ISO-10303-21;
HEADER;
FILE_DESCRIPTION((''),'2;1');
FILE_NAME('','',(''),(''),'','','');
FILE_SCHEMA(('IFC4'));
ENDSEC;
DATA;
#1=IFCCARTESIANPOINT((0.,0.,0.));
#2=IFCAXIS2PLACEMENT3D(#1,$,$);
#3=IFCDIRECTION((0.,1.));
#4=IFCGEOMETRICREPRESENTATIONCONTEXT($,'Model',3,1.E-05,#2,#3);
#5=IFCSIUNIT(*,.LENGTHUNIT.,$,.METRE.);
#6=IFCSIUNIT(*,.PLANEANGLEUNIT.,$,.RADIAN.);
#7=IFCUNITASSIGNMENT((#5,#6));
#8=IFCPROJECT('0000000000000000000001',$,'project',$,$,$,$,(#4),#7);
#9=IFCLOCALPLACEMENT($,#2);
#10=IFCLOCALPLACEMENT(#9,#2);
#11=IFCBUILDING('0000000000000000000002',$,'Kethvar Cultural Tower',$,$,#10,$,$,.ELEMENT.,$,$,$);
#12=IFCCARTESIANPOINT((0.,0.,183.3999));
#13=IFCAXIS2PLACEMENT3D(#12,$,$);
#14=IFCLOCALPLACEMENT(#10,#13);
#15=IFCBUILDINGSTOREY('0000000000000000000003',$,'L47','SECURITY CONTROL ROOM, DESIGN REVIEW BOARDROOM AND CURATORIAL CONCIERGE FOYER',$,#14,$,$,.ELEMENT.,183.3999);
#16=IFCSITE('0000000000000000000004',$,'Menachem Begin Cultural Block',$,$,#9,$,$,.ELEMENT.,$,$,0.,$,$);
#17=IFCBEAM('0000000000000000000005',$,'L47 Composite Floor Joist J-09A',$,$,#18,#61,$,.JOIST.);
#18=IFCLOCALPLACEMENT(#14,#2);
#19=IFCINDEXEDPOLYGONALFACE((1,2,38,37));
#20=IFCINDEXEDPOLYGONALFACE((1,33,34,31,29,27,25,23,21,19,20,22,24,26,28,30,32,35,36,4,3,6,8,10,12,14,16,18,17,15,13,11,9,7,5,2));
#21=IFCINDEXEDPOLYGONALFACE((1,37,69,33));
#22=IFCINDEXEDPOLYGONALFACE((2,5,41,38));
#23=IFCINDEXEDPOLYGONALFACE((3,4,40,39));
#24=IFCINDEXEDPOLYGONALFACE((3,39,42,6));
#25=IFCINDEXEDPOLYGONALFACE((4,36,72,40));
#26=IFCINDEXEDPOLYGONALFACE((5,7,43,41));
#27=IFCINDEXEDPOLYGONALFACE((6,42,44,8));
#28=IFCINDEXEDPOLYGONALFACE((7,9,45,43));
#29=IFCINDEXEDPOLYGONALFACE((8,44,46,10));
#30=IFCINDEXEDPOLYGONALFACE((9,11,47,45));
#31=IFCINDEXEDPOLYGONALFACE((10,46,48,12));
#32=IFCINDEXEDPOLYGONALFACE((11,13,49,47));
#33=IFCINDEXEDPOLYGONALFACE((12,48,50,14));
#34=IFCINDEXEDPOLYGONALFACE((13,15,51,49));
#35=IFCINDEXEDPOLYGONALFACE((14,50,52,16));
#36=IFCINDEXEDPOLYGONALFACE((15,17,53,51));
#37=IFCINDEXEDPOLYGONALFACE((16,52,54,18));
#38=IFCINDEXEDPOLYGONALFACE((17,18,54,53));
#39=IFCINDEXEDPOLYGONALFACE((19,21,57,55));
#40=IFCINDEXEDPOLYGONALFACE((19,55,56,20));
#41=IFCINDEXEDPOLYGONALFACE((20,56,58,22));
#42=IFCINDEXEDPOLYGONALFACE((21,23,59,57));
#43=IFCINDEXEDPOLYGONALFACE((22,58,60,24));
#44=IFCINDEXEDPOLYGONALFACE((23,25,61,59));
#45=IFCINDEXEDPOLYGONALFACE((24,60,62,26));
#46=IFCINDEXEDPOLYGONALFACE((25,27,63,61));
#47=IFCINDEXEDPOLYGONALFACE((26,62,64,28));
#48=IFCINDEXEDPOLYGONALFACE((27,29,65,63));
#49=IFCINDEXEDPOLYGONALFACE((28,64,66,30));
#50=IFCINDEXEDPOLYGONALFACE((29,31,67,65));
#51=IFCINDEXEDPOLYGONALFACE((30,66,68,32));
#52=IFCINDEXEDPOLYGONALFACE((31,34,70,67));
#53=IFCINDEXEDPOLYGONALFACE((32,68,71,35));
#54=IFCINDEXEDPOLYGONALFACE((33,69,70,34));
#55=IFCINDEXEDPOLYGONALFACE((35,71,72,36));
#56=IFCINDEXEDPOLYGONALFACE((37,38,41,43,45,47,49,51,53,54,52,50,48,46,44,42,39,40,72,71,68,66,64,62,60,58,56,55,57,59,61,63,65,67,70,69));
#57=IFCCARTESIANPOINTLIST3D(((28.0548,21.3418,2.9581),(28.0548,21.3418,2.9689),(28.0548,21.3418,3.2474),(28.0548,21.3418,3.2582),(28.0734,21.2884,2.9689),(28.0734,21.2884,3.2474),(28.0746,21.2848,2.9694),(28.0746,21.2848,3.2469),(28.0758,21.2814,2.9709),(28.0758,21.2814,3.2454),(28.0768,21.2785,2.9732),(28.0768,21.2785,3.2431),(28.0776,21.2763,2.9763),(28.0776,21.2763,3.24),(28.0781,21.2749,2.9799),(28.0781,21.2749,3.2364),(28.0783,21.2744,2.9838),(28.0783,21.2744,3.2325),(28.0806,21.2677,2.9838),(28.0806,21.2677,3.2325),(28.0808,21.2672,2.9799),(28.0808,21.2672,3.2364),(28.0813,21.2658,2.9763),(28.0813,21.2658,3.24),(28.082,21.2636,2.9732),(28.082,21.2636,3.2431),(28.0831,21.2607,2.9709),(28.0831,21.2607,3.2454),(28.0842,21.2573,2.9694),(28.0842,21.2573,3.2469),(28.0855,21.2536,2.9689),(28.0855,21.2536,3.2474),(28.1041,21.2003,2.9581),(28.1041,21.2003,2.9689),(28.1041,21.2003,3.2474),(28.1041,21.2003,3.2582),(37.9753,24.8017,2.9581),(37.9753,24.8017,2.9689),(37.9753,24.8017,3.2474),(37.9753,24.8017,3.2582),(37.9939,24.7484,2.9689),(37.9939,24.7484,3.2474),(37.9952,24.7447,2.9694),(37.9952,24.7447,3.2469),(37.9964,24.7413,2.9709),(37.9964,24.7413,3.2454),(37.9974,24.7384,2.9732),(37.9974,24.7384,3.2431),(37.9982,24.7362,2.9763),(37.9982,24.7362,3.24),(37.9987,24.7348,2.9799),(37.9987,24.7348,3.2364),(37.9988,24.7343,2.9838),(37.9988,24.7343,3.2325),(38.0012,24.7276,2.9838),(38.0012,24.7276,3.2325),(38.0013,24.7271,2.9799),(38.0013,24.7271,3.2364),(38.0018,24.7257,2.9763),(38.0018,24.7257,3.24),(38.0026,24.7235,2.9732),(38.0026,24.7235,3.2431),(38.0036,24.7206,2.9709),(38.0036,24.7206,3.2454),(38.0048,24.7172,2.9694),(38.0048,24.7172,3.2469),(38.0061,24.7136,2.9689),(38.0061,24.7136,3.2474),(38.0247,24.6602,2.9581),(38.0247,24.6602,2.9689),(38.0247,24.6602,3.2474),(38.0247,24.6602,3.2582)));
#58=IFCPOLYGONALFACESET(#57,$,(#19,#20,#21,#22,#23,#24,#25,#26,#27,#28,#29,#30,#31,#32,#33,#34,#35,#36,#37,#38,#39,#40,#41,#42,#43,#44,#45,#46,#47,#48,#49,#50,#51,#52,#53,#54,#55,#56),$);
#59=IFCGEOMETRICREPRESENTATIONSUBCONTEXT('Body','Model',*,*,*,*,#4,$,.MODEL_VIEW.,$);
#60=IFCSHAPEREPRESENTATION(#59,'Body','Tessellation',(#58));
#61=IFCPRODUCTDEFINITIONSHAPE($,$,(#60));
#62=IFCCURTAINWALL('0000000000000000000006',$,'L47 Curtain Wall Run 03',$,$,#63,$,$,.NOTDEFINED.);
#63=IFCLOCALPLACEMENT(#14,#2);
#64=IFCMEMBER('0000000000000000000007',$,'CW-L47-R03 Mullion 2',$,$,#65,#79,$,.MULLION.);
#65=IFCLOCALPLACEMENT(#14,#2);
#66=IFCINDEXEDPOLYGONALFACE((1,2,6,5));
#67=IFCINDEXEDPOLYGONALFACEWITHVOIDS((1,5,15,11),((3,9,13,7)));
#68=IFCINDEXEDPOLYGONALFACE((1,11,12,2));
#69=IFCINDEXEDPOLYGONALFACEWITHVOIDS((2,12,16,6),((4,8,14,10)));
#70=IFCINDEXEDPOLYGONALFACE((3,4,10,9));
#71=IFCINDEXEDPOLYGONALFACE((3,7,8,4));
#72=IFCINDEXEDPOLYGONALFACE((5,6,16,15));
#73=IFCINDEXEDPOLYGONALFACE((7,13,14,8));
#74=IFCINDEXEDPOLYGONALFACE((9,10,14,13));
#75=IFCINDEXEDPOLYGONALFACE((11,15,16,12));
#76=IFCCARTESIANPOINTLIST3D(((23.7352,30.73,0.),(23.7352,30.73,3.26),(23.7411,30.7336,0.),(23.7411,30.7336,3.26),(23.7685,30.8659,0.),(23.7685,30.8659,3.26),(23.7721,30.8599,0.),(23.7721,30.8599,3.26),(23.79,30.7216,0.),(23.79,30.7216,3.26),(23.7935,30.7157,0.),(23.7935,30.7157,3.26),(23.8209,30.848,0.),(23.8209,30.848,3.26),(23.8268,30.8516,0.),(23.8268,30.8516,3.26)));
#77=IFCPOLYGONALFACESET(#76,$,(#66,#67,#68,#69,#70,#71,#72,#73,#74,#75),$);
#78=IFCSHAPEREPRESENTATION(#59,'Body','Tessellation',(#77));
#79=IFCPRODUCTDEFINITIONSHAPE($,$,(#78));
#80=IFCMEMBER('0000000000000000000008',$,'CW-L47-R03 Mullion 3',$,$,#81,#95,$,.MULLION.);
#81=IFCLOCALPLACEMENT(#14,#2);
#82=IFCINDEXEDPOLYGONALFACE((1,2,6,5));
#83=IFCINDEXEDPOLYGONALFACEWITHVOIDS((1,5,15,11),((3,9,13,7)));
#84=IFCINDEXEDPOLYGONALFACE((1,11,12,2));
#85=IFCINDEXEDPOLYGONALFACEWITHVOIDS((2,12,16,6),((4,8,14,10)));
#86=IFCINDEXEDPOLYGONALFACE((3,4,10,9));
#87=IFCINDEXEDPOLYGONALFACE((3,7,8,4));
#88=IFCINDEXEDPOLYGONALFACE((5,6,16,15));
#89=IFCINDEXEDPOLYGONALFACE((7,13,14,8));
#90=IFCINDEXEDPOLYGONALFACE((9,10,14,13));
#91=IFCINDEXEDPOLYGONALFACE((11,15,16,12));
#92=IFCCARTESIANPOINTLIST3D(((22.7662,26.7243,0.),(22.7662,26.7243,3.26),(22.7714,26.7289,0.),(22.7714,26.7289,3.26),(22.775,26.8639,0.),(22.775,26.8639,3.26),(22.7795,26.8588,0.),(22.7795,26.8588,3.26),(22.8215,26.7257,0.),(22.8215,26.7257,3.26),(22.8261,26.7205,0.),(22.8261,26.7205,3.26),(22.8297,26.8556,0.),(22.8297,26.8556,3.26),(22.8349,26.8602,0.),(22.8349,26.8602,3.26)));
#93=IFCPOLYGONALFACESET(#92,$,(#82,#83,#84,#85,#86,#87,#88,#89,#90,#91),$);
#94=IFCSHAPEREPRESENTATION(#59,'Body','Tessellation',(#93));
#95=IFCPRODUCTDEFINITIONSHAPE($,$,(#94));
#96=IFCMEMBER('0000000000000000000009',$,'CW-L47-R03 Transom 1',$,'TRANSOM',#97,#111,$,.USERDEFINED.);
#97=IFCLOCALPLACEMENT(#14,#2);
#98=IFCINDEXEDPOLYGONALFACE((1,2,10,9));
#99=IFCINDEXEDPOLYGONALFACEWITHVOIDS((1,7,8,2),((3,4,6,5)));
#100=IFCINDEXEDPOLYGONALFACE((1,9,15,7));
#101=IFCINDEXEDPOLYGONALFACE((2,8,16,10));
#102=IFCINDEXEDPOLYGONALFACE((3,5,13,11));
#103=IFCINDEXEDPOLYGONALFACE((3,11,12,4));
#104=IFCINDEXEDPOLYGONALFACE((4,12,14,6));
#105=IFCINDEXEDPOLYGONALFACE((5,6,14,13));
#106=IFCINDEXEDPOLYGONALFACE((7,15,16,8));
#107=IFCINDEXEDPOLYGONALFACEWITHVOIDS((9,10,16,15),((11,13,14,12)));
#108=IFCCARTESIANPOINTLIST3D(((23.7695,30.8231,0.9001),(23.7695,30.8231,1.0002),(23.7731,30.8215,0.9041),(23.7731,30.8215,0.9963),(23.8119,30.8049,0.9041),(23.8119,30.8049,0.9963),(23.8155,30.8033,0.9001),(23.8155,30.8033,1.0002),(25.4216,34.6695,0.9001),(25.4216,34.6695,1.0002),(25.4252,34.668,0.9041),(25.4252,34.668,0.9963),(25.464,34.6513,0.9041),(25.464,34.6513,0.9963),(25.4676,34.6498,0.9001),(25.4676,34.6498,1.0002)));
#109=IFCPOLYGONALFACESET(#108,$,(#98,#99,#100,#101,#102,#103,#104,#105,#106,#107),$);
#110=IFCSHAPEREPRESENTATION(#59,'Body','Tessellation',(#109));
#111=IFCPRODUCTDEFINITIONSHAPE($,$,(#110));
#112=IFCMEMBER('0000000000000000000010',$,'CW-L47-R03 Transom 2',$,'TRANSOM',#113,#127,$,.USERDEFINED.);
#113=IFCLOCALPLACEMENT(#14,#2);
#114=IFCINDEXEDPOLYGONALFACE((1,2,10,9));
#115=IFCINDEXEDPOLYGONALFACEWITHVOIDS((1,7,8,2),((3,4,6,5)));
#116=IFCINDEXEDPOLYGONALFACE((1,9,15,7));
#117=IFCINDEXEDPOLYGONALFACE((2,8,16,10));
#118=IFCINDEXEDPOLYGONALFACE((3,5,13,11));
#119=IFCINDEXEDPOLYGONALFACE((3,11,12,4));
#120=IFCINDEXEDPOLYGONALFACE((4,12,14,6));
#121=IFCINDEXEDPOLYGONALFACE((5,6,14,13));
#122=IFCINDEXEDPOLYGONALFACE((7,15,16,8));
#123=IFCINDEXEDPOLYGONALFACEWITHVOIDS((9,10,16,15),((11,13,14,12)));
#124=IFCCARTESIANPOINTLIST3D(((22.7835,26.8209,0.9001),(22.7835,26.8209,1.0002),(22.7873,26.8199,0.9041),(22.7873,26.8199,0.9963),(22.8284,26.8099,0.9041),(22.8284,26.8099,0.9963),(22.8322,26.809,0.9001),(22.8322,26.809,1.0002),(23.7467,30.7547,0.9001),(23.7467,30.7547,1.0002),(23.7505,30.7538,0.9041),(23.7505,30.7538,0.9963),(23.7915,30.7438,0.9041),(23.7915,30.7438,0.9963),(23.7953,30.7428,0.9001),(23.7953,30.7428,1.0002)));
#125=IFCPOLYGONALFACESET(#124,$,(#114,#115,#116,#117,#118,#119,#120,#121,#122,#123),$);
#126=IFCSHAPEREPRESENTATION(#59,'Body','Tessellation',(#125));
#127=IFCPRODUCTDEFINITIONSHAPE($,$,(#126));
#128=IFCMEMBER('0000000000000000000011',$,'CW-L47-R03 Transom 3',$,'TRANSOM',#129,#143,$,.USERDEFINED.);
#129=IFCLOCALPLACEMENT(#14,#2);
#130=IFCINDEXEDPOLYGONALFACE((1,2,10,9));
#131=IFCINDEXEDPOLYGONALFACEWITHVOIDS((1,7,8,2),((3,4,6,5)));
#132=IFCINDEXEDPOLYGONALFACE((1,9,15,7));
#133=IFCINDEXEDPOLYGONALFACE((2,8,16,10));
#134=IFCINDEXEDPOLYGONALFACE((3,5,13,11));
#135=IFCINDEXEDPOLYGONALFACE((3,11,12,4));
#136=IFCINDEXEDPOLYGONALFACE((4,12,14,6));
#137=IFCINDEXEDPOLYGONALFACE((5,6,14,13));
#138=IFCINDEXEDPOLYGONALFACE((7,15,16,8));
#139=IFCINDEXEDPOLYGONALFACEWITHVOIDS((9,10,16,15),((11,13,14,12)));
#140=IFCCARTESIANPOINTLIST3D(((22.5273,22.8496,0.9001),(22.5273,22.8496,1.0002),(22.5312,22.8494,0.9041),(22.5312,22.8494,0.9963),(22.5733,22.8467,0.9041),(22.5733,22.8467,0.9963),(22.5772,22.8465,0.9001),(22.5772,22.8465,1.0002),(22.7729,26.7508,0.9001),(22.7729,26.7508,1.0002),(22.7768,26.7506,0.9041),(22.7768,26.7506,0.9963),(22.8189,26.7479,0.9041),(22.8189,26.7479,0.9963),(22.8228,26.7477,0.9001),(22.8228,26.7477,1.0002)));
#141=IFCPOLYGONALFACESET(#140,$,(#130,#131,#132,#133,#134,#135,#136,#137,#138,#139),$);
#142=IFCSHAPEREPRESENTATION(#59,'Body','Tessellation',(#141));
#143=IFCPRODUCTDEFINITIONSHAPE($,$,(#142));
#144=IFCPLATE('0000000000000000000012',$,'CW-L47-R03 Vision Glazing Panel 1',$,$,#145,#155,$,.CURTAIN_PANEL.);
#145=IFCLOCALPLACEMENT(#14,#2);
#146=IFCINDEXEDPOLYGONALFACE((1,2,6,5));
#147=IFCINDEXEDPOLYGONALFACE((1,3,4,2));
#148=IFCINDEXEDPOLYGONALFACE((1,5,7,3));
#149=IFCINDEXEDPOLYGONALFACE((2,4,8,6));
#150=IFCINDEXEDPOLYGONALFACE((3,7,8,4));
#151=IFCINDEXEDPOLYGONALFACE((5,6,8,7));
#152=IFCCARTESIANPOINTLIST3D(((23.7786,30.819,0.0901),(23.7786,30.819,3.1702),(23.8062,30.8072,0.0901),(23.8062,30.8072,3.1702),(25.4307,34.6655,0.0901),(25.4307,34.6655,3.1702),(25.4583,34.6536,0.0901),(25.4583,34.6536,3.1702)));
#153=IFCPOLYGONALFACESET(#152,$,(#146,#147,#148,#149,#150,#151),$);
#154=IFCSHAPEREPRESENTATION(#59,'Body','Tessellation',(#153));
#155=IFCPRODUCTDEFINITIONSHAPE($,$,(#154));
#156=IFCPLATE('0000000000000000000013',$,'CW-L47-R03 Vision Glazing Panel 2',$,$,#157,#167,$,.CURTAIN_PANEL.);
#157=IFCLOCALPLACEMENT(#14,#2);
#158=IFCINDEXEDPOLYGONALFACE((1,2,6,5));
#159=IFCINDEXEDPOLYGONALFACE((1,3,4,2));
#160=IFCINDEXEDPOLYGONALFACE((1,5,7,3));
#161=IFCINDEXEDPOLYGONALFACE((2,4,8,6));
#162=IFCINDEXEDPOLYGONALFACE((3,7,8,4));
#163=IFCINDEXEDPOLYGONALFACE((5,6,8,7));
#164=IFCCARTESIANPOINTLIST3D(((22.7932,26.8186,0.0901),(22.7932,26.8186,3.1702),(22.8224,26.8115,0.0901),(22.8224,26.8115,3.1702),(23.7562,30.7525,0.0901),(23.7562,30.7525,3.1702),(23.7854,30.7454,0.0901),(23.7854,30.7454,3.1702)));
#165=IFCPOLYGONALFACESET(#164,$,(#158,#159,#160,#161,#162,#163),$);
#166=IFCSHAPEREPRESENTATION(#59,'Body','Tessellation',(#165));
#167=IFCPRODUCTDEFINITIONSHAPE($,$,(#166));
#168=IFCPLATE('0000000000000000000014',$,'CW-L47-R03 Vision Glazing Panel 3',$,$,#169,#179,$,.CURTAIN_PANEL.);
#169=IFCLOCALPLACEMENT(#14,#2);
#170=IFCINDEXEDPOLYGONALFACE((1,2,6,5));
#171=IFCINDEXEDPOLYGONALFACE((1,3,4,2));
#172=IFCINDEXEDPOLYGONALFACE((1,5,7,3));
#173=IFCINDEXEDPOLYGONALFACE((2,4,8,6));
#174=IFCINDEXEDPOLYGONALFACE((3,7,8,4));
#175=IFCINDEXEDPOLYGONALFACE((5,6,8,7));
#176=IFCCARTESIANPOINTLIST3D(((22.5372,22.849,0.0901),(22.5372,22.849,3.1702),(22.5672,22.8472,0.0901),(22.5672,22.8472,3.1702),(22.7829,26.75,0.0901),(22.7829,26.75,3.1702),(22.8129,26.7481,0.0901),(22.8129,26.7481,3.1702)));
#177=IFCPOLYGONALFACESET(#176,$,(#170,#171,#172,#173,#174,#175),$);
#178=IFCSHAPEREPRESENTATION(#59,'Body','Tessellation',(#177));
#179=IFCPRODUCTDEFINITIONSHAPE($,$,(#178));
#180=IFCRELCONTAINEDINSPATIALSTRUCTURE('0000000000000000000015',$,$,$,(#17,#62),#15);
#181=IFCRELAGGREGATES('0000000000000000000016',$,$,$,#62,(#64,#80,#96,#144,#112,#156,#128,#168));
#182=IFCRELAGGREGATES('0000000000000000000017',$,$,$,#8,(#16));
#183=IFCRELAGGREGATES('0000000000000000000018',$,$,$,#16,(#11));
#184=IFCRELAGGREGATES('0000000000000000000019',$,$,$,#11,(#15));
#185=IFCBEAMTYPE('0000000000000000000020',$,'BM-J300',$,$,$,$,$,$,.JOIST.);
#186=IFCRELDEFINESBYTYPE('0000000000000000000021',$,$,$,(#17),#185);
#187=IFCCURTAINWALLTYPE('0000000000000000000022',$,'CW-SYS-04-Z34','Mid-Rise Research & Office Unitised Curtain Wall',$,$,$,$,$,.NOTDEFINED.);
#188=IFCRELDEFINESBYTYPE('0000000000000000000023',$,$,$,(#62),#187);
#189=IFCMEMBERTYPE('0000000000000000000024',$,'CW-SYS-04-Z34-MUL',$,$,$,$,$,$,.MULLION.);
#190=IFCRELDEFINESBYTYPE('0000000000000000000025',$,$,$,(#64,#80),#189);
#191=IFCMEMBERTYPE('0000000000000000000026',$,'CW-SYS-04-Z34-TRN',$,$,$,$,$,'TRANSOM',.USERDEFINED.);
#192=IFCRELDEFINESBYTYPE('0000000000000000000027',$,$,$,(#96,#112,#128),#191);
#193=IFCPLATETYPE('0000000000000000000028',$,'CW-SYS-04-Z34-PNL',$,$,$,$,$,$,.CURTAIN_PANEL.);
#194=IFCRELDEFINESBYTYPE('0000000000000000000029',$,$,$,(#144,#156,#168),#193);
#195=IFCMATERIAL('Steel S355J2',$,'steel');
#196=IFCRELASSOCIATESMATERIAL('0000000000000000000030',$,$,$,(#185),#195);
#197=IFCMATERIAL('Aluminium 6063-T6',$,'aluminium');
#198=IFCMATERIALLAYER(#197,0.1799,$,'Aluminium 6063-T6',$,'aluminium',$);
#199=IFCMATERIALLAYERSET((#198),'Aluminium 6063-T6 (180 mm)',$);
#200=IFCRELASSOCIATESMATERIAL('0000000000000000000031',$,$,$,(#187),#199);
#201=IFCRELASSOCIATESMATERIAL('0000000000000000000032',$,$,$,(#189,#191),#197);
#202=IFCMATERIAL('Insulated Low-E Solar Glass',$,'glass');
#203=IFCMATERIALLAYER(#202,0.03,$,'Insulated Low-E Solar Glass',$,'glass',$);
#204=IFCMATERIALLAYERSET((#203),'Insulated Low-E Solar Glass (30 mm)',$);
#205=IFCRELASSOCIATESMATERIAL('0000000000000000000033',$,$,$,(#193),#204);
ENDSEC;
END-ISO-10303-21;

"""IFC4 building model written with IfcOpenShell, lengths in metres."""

from ifc_helpers import new_model, si_unit, direction, frame, origin, origin_2d, place, context, subcontext, project, spatial, rectangle, hollow_rectangle, i_section, extrude, source, transform, mapped, material, layer, layer_set, material_profile, profile_set, type_object, element, aggregate, save


model = new_model("IFC4")

# Units and contexts
model_context = context("Model", 3, precision=1e-05, world=origin(), true_north=direction((0.0, 1.0)))
body_context = subcontext(model_context, "Body", "Model", "MODEL_VIEW")
ifc_project = project(units=[si_unit("LENGTHUNIT", "METRE"), si_unit("PLANEANGLEUNIT", "RADIAN")], contexts=[model_context])

# Site, building, storey
site_placement = place(None, origin())
site = spatial("IfcSite", under=ifc_project, at=site_placement, Name="Menachem Begin Cultural Block", CompositionType="ELEMENT", RefElevation=0.0)
building_placement = place(site_placement, origin())
building = spatial("IfcBuilding", under=site, at=building_placement, Name="Kethvar Cultural Tower", CompositionType="ELEMENT")
storey_placement = place(building_placement, frame((0.0, 0.0, 183.3999)))
storey = spatial("IfcBuildingStorey", under=building, at=storey_placement, Name="L47", Description="SECURITY CONTROL ROOM, DESIGN REVIEW BOARDROOM AND CURATORIAL CONCIERGE FOYER", CompositionType="ELEMENT", Elevation=183.3999)

# Beam
ifc_material_1 = material(Name="Steel S355J2", Category="steel")
ifc_material_profile_1 = material_profile(ifc_material_1, i_section(OverallWidth=0.1499, OverallDepth=0.3, WebThickness=0.0071, FlangeThickness=0.0107, FilletRadius=0.0149, at=origin_2d()), Name="Steel S355J2 — IPE300")
ifc_profile_set_1 = profile_set([ifc_material_profile_1], Name="Steel S355J2 — IPE300")
beam_type_1 = type_object("IfcBeamType", Name="BM-J300", PredefinedType="JOIST", material=ifc_profile_set_1)
shared_shape_1 = source(origin(), body_context, "Body", "SweptSolid", [
    extrude(i_section(OverallWidth=0.1499, OverallDepth=0.3, WebThickness=0.0071, FlangeThickness=0.0107, FilletRadius=0.0149, at=origin_2d()), origin(), (0.0, 0.0, 1.0), 10.5066),
])
beam_1_placement = place(storey_placement, frame((38.0, 24.731, 3.1082), z_axis=(-0.944222, -0.32931, 0.0), x_axis=(0.32931, -0.944222, 0.0)))
element("IfcBeam", 1, at=beam_1_placement, inside=storey, type_object=beam_type_1, Name="L47 Composite Floor Joist J-09A", PredefinedType="JOIST", context=body_context, shape_type="MappedRepresentation", body=[
    mapped(shared_shape_1, transform((0.0, 0.0, 0.0), scale=1.0)),
])

# Curtain wall, members, plates
ifc_material_2 = material(Name="Aluminium 6063-T6", Category="aluminium")
ifc_layer_1 = layer(ifc_material_2, 0.1799, Name="Aluminium 6063-T6", Category="aluminium")
ifc_layer_set_1 = layer_set([ifc_layer_1], Name="Aluminium 6063-T6 (180 mm)")
curtain_wall_type = type_object("IfcCurtainWallType", Name="CW-SYS-04-Z34", Description="Mid-Rise Research & Office Unitised Curtain Wall", PredefinedType="NOTDEFINED", material=ifc_layer_set_1)
curtain_wall_placement = place(storey_placement, origin())
curtain_wall = element("IfcCurtainWall", 2, at=curtain_wall_placement, inside=storey, type_object=curtain_wall_type, Name="L47 Curtain Wall Run 03", PredefinedType="NOTDEFINED")
ifc_material_profile_2 = material_profile(ifc_material_2, hollow_rectangle(XDim=0.0601, YDim=0.1399, WallThickness=0.0049, at=origin_2d()), Name="Aluminium 6063-T6 — RHS140x60x5")
ifc_profile_set_2 = profile_set([ifc_material_profile_2], Name="Aluminium 6063-T6 — RHS140x60x5")
member_type_1 = type_object("IfcMemberType", Name="CW-SYS-04-Z34-MUL", PredefinedType="MULLION", material=ifc_profile_set_2)
shared_shape_2 = source(origin(), body_context, "Body", "SweptSolid", [
    extrude(hollow_rectangle(XDim=0.0601, YDim=0.1399, WallThickness=0.0049, at=origin_2d()), origin(), (0.0, 0.0, 1.0), 3.26),
])
member_1_placement = place(storey_placement, frame((23.781, 30.7908, 0.0), z_axis=(0.0, 0.0, 1.0), x_axis=(0.971321, -0.237771, 0.0)))
member_1 = element("IfcMember", 3, at=member_1_placement, type_object=member_type_1, Name="CW-L47-R03 Mullion 2", PredefinedType="MULLION", context=body_context, shape_type="MappedRepresentation", body=[
    mapped(shared_shape_2, transform((0.0, 0.0, 0.0), scale=1.0)),
])
member_2_placement = place(storey_placement, frame((22.8005, 26.7922, 0.0), z_axis=(0.0, 0.0, 1.0), x_axis=(0.998022, -0.06286, 0.0)))
member_2 = element("IfcMember", 4, at=member_2_placement, type_object=member_type_1, Name="CW-L47-R03 Mullion 3", PredefinedType="MULLION", context=body_context, shape_type="MappedRepresentation", body=[
    mapped(shared_shape_2, transform((0.0, 0.0, 0.0), scale=1.0)),
])
ifc_material_profile_3 = material_profile(ifc_material_2, hollow_rectangle(XDim=0.05, YDim=0.1001, WallThickness=0.0039, at=origin_2d()), Name="Aluminium 6063-T6 — RHS100x50x4")
ifc_profile_set_3 = profile_set([ifc_material_profile_3], Name="Aluminium 6063-T6 — RHS100x50x4")
member_type_2 = type_object("IfcMemberType", Name="CW-SYS-04-Z34-TRN", ElementType="TRANSOM", PredefinedType="USERDEFINED", material=ifc_profile_set_3)
shared_shape_3 = source(origin(), body_context, "Body", "SweptSolid", [
    extrude(hollow_rectangle(XDim=0.05, YDim=0.1001, WallThickness=0.0039, at=origin_2d()), origin(), (0.0, 0.0, 1.0), 4.1863),
])
member_3_placement = place(storey_placement, frame((25.4446, 34.6597, 0.9502), z_axis=(-0.394651, -0.918831, 0.0), x_axis=(0.918831, -0.394651, 0.0)))
member_3 = element("IfcMember", 5, at=member_3_placement, type_object=member_type_2, Name="CW-L47-R03 Transom 1", ObjectType="TRANSOM", PredefinedType="USERDEFINED", context=body_context, shape_type="MappedRepresentation", body=[
    mapped(shared_shape_3, transform((0.0, 0.0, 0.0), scale=1.0)),
])
shared_shape_4 = source(origin(), body_context, "Body", "SweptSolid", [
    extrude(hollow_rectangle(XDim=0.05, YDim=0.1001, WallThickness=0.0039, at=origin_2d()), origin(), (0.0, 0.0, 1.0), 4.05),
])
member_4_placement = place(storey_placement, frame((23.771, 30.7488, 0.9502), z_axis=(-0.23781, -0.971312, 0.0), x_axis=(0.971312, -0.23781, 0.0)))
member_4 = element("IfcMember", 6, at=member_4_placement, type_object=member_type_2, Name="CW-L47-R03 Transom 2", ObjectType="TRANSOM", PredefinedType="USERDEFINED", context=body_context, shape_type="MappedRepresentation", body=[
    mapped(shared_shape_4, transform((0.0, 0.0, 0.0), scale=1.0)),
])
shared_shape_5 = source(origin(), body_context, "Body", "SweptSolid", [
    extrude(hollow_rectangle(XDim=0.05, YDim=0.1001, WallThickness=0.0039, at=origin_2d()), origin(), (0.0, 0.0, 1.0), 3.9089),
])
member_5_placement = place(storey_placement, frame((22.7979, 26.7493, 0.9502), z_axis=(-0.062833, -0.998024, 0.0), x_axis=(0.998024, -0.062833, 0.0)))
member_5 = element("IfcMember", 7, at=member_5_placement, type_object=member_type_2, Name="CW-L47-R03 Transom 3", ObjectType="TRANSOM", PredefinedType="USERDEFINED", context=body_context, shape_type="MappedRepresentation", body=[
    mapped(shared_shape_5, transform((0.0, 0.0, 0.0), scale=1.0)),
])
ifc_material_3 = material(Name="Insulated Low-E Solar Glass", Category="glass")
ifc_layer_2 = layer(ifc_material_3, 0.03, Name="Insulated Low-E Solar Glass", Category="glass")
ifc_layer_set_2 = layer_set([ifc_layer_2], Name="Insulated Low-E Solar Glass (30 mm)")
plate_type = type_object("IfcPlateType", Name="CW-SYS-04-Z34-PNL", PredefinedType="CURTAIN_PANEL", material=ifc_layer_set_2)
shared_shape_6 = source(origin(), body_context, "Body", "SweptSolid", [
    extrude(rectangle(XDim=4.1863, YDim=0.03, at=origin_2d()), origin(), (0.0, 0.0, 1.0), 3.0801),
])
plate_1_placement = place(storey_placement, frame((24.6184, 32.7363, 0.0901), z_axis=(0.0, 0.0, 1.0), x_axis=(-0.394648, -0.918833, 0.0)))
plate_1 = element("IfcPlate", 8, at=plate_1_placement, type_object=plate_type, Name="CW-L47-R03 Vision Glazing Panel 1", PredefinedType="CURTAIN_PANEL", context=body_context, shape_type="MappedRepresentation", body=[
    mapped(shared_shape_6, transform((0.0, 0.0, 0.0), scale=1.0)),
])
shared_shape_7 = source(origin(), body_context, "Body", "SweptSolid", [
    extrude(rectangle(XDim=4.05, YDim=0.03, at=origin_2d()), origin(), (0.0, 0.0, 1.0), 3.0801),
])
plate_2_placement = place(storey_placement, frame((23.2893, 28.782, 0.0901), z_axis=(0.0, 0.0, 1.0), x_axis=(-0.237771, -0.971321, 0.0)))
plate_2 = element("IfcPlate", 9, at=plate_2_placement, type_object=plate_type, Name="CW-L47-R03 Vision Glazing Panel 2", PredefinedType="CURTAIN_PANEL", context=body_context, shape_type="MappedRepresentation", body=[
    mapped(shared_shape_7, transform((0.0, 0.0, 0.0), scale=1.0)),
])
shared_shape_8 = source(origin(), body_context, "Body", "SweptSolid", [
    extrude(rectangle(XDim=3.9087, YDim=0.03, at=origin_2d()), origin(), (0.0, 0.0, 1.0), 3.0801),
])
plate_3_placement = place(storey_placement, frame((22.675, 24.7986, 0.0901), z_axis=(0.0, 0.0, 1.0), x_axis=(-0.06286, -0.998022, 0.0)))
plate_3 = element("IfcPlate", 10, at=plate_3_placement, type_object=plate_type, Name="CW-L47-R03 Vision Glazing Panel 3", PredefinedType="CURTAIN_PANEL", context=body_context, shape_type="MappedRepresentation", body=[
    mapped(shared_shape_8, transform((0.0, 0.0, 0.0), scale=1.0)),
])
aggregate(curtain_wall, [member_1, member_2, member_3, plate_1, member_4, plate_2, member_5, plate_3])

save(model, "model.ifc")
